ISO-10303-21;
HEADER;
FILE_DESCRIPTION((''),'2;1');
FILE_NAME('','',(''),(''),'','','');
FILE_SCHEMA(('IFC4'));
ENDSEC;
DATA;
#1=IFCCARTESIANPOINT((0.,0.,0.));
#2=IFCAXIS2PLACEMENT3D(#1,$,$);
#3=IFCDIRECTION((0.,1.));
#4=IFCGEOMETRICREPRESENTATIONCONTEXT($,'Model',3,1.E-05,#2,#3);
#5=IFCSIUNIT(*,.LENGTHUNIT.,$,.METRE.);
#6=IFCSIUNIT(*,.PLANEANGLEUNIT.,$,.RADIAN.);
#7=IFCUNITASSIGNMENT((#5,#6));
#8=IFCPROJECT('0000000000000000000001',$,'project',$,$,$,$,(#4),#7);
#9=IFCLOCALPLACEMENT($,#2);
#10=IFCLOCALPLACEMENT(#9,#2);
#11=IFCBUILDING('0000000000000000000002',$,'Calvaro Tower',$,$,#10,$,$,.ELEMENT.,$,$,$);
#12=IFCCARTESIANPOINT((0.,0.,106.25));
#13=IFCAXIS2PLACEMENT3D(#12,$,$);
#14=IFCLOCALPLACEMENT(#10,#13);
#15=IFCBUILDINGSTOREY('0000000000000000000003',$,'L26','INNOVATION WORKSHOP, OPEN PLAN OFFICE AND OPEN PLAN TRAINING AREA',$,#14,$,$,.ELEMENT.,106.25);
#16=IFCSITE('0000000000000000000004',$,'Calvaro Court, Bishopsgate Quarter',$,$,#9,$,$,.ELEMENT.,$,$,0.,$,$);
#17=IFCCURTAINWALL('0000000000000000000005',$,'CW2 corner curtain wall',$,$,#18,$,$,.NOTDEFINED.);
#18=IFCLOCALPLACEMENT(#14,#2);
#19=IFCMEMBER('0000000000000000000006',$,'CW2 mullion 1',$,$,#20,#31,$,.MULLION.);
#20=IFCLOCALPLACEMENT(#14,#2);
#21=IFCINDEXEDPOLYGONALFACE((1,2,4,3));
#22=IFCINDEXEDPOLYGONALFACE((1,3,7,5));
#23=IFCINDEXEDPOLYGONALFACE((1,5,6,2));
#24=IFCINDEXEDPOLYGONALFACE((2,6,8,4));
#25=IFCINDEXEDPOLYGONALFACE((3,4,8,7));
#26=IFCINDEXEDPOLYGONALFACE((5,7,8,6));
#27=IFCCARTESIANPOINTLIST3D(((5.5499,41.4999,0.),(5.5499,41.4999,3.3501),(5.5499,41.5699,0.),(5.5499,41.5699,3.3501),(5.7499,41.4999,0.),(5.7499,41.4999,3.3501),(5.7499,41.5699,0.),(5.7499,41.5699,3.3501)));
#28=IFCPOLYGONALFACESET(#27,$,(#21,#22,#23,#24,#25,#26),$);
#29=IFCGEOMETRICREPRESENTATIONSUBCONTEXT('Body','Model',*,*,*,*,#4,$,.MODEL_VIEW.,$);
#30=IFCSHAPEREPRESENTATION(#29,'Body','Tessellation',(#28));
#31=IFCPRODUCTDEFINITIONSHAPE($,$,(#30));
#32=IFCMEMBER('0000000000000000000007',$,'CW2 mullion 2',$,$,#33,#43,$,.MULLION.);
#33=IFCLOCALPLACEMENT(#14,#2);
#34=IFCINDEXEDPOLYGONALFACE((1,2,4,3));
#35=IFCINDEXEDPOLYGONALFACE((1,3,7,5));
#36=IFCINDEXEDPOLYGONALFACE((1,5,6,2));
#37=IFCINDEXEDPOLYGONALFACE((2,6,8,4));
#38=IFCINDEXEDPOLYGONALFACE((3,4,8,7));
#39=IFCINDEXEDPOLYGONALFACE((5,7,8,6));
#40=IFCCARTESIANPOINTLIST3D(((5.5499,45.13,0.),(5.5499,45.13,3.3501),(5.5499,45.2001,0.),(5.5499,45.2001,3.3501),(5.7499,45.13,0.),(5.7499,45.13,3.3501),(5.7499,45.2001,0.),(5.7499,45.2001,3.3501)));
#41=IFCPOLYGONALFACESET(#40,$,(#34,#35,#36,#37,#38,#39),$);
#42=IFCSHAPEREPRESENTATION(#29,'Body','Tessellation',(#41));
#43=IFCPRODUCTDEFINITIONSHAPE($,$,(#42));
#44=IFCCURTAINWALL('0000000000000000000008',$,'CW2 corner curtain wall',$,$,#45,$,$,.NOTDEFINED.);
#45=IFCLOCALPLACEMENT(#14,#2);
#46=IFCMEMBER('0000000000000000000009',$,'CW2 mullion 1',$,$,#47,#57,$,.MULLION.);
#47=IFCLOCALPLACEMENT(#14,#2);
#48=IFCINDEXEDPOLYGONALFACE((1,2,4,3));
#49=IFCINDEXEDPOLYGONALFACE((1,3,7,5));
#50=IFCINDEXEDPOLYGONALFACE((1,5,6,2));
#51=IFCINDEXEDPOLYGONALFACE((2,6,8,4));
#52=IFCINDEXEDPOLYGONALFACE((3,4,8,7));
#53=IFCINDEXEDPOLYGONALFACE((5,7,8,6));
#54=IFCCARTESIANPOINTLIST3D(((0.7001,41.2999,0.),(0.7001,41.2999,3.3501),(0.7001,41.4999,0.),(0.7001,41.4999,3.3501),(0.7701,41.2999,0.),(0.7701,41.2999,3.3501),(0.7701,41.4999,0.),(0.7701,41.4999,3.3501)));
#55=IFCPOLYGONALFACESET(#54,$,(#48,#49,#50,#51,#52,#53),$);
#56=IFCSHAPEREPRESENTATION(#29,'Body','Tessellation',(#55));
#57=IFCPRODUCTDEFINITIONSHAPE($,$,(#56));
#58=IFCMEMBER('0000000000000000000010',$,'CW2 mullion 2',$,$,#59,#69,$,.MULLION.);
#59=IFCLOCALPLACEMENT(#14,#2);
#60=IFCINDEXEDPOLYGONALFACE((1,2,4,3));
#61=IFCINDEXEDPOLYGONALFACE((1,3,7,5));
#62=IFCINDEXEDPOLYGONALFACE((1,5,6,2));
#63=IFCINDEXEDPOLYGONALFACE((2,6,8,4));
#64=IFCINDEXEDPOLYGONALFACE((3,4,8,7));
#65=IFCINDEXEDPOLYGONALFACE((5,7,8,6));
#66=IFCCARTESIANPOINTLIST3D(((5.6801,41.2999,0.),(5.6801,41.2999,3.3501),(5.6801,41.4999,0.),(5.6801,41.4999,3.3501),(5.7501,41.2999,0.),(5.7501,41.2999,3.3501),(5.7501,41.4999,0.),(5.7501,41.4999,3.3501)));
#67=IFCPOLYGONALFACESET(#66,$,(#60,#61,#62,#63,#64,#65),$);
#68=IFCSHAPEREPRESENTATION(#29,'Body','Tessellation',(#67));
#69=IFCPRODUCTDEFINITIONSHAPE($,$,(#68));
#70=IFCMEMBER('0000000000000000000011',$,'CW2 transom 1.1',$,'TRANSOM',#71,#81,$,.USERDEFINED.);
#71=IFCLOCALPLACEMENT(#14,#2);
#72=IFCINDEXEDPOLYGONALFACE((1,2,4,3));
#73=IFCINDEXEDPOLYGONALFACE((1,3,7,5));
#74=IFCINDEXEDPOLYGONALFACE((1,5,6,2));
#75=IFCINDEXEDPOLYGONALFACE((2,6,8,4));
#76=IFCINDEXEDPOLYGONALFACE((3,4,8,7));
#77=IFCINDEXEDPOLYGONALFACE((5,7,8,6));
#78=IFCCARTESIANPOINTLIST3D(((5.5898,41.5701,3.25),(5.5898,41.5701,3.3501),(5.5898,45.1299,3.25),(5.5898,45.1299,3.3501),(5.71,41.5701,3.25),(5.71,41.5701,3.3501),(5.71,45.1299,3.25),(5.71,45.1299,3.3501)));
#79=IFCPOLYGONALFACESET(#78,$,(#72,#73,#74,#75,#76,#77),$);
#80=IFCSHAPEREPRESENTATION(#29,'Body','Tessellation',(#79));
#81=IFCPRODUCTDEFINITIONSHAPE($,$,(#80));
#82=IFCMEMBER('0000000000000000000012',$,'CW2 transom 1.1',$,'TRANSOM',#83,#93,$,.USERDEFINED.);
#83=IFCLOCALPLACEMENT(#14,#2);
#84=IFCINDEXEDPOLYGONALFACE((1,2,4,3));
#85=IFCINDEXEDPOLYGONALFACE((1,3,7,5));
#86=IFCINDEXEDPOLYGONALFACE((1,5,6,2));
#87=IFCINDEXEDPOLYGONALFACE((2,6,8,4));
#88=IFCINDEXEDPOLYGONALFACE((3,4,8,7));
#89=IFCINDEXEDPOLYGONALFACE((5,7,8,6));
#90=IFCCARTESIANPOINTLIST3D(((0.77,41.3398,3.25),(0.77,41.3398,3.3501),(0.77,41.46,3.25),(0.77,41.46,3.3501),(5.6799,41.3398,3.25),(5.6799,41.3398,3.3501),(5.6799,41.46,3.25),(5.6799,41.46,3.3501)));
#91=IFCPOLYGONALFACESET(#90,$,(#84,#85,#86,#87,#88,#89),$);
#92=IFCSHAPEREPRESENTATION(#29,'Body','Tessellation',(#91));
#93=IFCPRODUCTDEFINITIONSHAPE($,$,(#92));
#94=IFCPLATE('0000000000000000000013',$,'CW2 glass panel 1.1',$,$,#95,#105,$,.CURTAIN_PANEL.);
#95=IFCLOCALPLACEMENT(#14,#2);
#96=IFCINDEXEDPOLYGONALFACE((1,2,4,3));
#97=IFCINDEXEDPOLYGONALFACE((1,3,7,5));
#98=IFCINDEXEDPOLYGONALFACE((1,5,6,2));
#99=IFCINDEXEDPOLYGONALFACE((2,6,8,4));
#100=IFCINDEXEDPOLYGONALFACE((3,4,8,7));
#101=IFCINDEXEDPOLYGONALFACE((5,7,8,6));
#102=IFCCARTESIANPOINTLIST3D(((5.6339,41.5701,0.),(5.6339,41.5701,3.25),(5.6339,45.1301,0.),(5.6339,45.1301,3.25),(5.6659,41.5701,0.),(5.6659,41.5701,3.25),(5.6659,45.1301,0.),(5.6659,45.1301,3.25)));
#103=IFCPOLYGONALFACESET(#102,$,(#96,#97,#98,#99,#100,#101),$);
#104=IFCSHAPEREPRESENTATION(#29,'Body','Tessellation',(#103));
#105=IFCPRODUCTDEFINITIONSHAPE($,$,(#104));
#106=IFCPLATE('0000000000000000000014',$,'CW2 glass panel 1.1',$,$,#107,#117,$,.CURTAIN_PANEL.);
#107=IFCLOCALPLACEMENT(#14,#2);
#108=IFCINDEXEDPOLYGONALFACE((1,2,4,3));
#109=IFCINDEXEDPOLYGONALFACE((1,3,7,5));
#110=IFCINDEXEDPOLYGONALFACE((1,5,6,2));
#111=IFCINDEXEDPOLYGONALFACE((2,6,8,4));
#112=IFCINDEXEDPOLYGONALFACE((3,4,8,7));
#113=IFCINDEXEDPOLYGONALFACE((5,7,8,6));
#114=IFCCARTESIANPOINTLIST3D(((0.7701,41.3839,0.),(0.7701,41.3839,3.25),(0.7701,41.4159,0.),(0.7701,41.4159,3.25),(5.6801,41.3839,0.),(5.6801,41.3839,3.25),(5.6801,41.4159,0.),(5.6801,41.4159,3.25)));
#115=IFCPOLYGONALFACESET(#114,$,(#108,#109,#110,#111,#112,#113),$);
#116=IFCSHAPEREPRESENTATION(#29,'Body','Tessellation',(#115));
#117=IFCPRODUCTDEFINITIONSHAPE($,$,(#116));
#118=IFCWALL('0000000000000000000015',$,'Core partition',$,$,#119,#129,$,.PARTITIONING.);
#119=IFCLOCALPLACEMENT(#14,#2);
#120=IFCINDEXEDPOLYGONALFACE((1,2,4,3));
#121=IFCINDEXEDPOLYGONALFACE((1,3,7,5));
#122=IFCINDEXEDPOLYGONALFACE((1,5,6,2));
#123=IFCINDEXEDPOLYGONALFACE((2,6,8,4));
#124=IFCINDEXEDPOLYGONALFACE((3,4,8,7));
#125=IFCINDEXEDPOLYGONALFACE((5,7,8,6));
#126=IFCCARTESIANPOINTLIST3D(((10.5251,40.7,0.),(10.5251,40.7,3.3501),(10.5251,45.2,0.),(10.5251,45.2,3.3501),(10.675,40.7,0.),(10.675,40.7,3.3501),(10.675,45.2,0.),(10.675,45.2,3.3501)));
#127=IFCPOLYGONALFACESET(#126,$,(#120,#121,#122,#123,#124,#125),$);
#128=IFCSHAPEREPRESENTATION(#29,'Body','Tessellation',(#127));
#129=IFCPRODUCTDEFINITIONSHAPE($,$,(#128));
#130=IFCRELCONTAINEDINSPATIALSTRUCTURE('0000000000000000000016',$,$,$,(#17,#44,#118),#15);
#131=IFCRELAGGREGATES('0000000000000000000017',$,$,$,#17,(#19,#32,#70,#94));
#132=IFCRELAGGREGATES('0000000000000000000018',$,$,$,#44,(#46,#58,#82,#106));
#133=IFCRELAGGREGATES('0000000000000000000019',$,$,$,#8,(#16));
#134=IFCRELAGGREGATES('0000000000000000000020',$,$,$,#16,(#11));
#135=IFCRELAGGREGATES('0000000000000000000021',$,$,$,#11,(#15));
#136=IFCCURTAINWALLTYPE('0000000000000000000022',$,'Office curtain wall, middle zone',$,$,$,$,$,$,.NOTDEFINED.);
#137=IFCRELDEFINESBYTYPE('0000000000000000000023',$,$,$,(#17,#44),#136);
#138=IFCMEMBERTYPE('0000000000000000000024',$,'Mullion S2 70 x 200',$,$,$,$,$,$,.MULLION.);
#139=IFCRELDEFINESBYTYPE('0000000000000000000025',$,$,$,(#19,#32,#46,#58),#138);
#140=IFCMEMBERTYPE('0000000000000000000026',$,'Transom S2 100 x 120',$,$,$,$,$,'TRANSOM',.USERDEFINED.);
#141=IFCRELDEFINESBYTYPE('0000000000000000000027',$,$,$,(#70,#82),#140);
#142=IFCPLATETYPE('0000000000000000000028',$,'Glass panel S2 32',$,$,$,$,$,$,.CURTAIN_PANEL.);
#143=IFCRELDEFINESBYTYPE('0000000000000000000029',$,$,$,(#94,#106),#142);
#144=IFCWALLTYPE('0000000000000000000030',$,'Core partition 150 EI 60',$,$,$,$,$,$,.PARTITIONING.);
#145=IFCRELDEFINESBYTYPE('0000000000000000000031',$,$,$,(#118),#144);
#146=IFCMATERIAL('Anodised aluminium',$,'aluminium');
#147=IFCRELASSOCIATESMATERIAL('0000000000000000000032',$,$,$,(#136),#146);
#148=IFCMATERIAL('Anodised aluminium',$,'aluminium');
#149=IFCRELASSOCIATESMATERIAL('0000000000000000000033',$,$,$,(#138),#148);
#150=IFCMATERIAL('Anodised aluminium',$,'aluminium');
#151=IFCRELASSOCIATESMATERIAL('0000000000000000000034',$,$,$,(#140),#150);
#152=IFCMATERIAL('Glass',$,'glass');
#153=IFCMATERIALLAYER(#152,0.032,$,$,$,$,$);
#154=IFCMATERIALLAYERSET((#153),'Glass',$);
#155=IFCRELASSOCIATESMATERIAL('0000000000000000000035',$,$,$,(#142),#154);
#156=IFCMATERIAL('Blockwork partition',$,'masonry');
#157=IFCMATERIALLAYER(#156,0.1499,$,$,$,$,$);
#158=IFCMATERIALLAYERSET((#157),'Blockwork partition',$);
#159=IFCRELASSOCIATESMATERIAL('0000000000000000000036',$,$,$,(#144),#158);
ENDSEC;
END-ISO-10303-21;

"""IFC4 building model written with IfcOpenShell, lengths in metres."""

from ifc_helpers import new_model, si_unit, direction, frame, frame_2d, origin, origin_2d, place, context, subcontext, project, spatial, rectangle, extrude, material, layer, layer_set, material_profile, profile_set, type_object, element, aggregate, save


model = new_model("IFC4")

# Units and contexts
model_context = context("Model", 3, precision=1e-05, world=origin(), true_north=direction((0.0, 1.0)))
body_context = subcontext(model_context, "Body", "Model", "MODEL_VIEW")
ifc_project = project(units=[si_unit("LENGTHUNIT", "METRE"), si_unit("PLANEANGLEUNIT", "RADIAN")], contexts=[model_context])

# Site, building, storey
site_placement = place(None, origin())
site = spatial("IfcSite", under=ifc_project, at=site_placement, Name="Calvaro Court, Bishopsgate Quarter", CompositionType="ELEMENT", RefElevation=0.0)
building_placement = place(site_placement, origin())
building = spatial("IfcBuilding", under=site, at=building_placement, Name="Calvaro Tower", CompositionType="ELEMENT")
storey_placement = place(building_placement, frame((0.0, 0.0, 106.25)))
storey = spatial("IfcBuildingStorey", under=building, at=storey_placement, Name="L26", Description="INNOVATION WORKSHOP, OPEN PLAN OFFICE AND OPEN PLAN TRAINING AREA", CompositionType="ELEMENT", Elevation=106.25)

# Curtain walls, members
ifc_material_1 = material(Name="Anodised aluminium", Category="aluminium")
curtain_wall_type = type_object("IfcCurtainWallType", Name="Office curtain wall, middle zone", PredefinedType="NOTDEFINED", material=ifc_material_1)
curtain_wall_1_placement = place(storey_placement, origin())
curtain_wall_1 = element("IfcCurtainWall", 1, at=curtain_wall_1_placement, inside=storey, type_object=curtain_wall_type, Name="CW2 corner curtain wall", PredefinedType="NOTDEFINED")
ifc_material_2 = material(Name="Anodised aluminium", Category="aluminium")
ifc_material_profile_1 = material_profile(ifc_material_2, rectangle(XDim=0.2, YDim=0.0701, at=origin_2d()), Name="Mullion S2 70 x 200")
ifc_profile_set_1 = profile_set([ifc_material_profile_1], Name="Anodised aluminium")
member_type_1 = type_object("IfcMemberType", Name="Mullion S2 70 x 200", PredefinedType="MULLION", material=ifc_profile_set_1)
member_1_placement = place(storey_placement, frame((5.6499, 41.5349, 0.0), z_axis=(0.0, 0.0, 1.0), x_axis=(-1.0, 0.0, 0.0)))
member_1 = element("IfcMember", 2, at=member_1_placement, type_object=member_type_1, Name="CW2 mullion 1", PredefinedType="MULLION", context=body_context, shape_type="SweptSolid", body=[
    extrude(rectangle(XDim=0.2, YDim=0.0701, at=origin_2d()), origin(), (0.0, 0.0, 1.0), 3.3501),
])
member_2_placement = place(storey_placement, frame((5.6499, 45.165, 0.0), z_axis=(0.0, 0.0, 1.0), x_axis=(-1.0, 0.0, 0.0)))
member_2 = element("IfcMember", 3, at=member_2_placement, type_object=member_type_1, Name="CW2 mullion 2", PredefinedType="MULLION", context=body_context, shape_type="SweptSolid", body=[
    extrude(rectangle(XDim=0.2, YDim=0.0701, at=origin_2d()), origin(), (0.0, 0.0, 1.0), 3.3501),
])
curtain_wall_2_placement = place(storey_placement, origin())
curtain_wall_2 = element("IfcCurtainWall", 4, at=curtain_wall_2_placement, inside=storey, type_object=curtain_wall_type, Name="CW2 corner curtain wall", PredefinedType="NOTDEFINED")
member_3_placement = place(storey_placement, frame((0.7351, 41.3999, 0.0), z_axis=(0.0, 0.0, 1.0), x_axis=(0.0, 1.0, 0.0)))
member_3 = element("IfcMember", 5, at=member_3_placement, type_object=member_type_1, Name="CW2 mullion 1", PredefinedType="MULLION", context=body_context, shape_type="SweptSolid", body=[
    extrude(rectangle(XDim=0.2, YDim=0.0701, at=origin_2d()), origin(), (0.0, 0.0, 1.0), 3.3501),
])
member_4_placement = place(storey_placement, frame((5.7151, 41.3999, 0.0), z_axis=(0.0, 0.0, 1.0), x_axis=(0.0, 1.0, 0.0)))
member_4 = element("IfcMember", 6, at=member_4_placement, type_object=member_type_1, Name="CW2 mullion 2", PredefinedType="MULLION", context=body_context, shape_type="SweptSolid", body=[
    extrude(rectangle(XDim=0.2, YDim=0.0701, at=origin_2d()), origin(), (0.0, 0.0, 1.0), 3.3501),
])

# Members
ifc_material_3 = material(Name="Anodised aluminium", Category="aluminium")
ifc_material_profile_2 = material_profile(ifc_material_3, rectangle(XDim=0.1201, YDim=0.1001, at=origin_2d()), Name="Transom S2 100 x 120")
ifc_profile_set_2 = profile_set([ifc_material_profile_2], Name="Anodised aluminium")
member_type_2 = type_object("IfcMemberType", Name="Transom S2 100 x 120", ElementType="TRANSOM", PredefinedType="USERDEFINED", material=ifc_profile_set_2)
member_5_placement = place(storey_placement, frame((5.6499, 41.5701, 3.3), z_axis=(0.0, 1.0, 0.0), x_axis=(-1.0, 0.0, 0.0)))
member_5 = element("IfcMember", 7, at=member_5_placement, type_object=member_type_2, Name="CW2 transom 1.1", ObjectType="TRANSOM", PredefinedType="USERDEFINED", context=body_context, shape_type="SweptSolid", body=[
    extrude(rectangle(XDim=0.1201, YDim=0.1001, at=origin_2d()), origin(), (0.0, 0.0, 1.0), 3.5598),
])
member_6_placement = place(storey_placement, frame((0.77, 41.3999, 3.3), z_axis=(1.0, 0.0, 0.0), x_axis=(0.0, 1.0, 0.0)))
member_6 = element("IfcMember", 8, at=member_6_placement, type_object=member_type_2, Name="CW2 transom 1.1", ObjectType="TRANSOM", PredefinedType="USERDEFINED", context=body_context, shape_type="SweptSolid", body=[
    extrude(rectangle(XDim=0.1201, YDim=0.1001, at=origin_2d()), origin(), (0.0, 0.0, 1.0), 4.9099),
])

# Plates
ifc_material_4 = material(Name="Glass", Category="glass")
ifc_layer_1 = layer(ifc_material_4, 0.032)
ifc_layer_set_1 = layer_set([ifc_layer_1], Name="Glass")
plate_type = type_object("IfcPlateType", Name="Glass panel S2 32", PredefinedType="CURTAIN_PANEL", material=ifc_layer_set_1)
plate_1_placement = place(storey_placement, frame((5.6499, 43.3501, 0.0), z_axis=(0.0, 0.0, 1.0), x_axis=(0.0, 1.0, 0.0)))
plate_1 = element("IfcPlate", 9, at=plate_1_placement, type_object=plate_type, Name="CW2 glass panel 1.1", PredefinedType="CURTAIN_PANEL", context=body_context, shape_type="SweptSolid", body=[
    extrude(rectangle(XDim=3.5601, YDim=0.032, at=origin_2d()), origin(), (0.0, 0.0, 1.0), 3.25),
])
aggregate(curtain_wall_1, [member_1, member_2, member_5, plate_1])
plate_2_placement = place(storey_placement, frame((3.2251, 41.3999, 0.0), z_axis=(0.0, 0.0, 1.0), x_axis=(1.0, 0.0, 0.0)))
plate_2 = element("IfcPlate", 10, at=plate_2_placement, type_object=plate_type, Name="CW2 glass panel 1.1", PredefinedType="CURTAIN_PANEL", context=body_context, shape_type="SweptSolid", body=[
    extrude(rectangle(XDim=4.9099, YDim=0.032, at=origin_2d()), origin(), (0.0, 0.0, 1.0), 3.25),
])
aggregate(curtain_wall_2, [member_3, member_4, member_6, plate_2])

# Wall
ifc_material_5 = material(Name="Blockwork partition", Category="masonry")
ifc_layer_2 = layer(ifc_material_5, 0.1499)
ifc_layer_set_2 = layer_set([ifc_layer_2], Name="Blockwork partition")
wall_type_1 = type_object("IfcWallType", Name="Core partition 150 EI 60", PredefinedType="PARTITIONING", material=ifc_layer_set_2)
wall_1_placement = place(storey_placement, frame((10.6001, 40.7, 0.0), z_axis=(0.0, 0.0, 1.0), x_axis=(0.0, 1.0, 0.0)))
element("IfcWall", 11, at=wall_1_placement, inside=storey, type_object=wall_type_1, Name="Core partition", PredefinedType="PARTITIONING", context=body_context, shape_type="SweptSolid", body=[
    extrude(rectangle(XDim=4.5, YDim=0.1499, at=frame_2d((2.25, 0.0))), origin(), (0.0, 0.0, 1.0), 3.3501),
])

save(model, "model.ifc")
